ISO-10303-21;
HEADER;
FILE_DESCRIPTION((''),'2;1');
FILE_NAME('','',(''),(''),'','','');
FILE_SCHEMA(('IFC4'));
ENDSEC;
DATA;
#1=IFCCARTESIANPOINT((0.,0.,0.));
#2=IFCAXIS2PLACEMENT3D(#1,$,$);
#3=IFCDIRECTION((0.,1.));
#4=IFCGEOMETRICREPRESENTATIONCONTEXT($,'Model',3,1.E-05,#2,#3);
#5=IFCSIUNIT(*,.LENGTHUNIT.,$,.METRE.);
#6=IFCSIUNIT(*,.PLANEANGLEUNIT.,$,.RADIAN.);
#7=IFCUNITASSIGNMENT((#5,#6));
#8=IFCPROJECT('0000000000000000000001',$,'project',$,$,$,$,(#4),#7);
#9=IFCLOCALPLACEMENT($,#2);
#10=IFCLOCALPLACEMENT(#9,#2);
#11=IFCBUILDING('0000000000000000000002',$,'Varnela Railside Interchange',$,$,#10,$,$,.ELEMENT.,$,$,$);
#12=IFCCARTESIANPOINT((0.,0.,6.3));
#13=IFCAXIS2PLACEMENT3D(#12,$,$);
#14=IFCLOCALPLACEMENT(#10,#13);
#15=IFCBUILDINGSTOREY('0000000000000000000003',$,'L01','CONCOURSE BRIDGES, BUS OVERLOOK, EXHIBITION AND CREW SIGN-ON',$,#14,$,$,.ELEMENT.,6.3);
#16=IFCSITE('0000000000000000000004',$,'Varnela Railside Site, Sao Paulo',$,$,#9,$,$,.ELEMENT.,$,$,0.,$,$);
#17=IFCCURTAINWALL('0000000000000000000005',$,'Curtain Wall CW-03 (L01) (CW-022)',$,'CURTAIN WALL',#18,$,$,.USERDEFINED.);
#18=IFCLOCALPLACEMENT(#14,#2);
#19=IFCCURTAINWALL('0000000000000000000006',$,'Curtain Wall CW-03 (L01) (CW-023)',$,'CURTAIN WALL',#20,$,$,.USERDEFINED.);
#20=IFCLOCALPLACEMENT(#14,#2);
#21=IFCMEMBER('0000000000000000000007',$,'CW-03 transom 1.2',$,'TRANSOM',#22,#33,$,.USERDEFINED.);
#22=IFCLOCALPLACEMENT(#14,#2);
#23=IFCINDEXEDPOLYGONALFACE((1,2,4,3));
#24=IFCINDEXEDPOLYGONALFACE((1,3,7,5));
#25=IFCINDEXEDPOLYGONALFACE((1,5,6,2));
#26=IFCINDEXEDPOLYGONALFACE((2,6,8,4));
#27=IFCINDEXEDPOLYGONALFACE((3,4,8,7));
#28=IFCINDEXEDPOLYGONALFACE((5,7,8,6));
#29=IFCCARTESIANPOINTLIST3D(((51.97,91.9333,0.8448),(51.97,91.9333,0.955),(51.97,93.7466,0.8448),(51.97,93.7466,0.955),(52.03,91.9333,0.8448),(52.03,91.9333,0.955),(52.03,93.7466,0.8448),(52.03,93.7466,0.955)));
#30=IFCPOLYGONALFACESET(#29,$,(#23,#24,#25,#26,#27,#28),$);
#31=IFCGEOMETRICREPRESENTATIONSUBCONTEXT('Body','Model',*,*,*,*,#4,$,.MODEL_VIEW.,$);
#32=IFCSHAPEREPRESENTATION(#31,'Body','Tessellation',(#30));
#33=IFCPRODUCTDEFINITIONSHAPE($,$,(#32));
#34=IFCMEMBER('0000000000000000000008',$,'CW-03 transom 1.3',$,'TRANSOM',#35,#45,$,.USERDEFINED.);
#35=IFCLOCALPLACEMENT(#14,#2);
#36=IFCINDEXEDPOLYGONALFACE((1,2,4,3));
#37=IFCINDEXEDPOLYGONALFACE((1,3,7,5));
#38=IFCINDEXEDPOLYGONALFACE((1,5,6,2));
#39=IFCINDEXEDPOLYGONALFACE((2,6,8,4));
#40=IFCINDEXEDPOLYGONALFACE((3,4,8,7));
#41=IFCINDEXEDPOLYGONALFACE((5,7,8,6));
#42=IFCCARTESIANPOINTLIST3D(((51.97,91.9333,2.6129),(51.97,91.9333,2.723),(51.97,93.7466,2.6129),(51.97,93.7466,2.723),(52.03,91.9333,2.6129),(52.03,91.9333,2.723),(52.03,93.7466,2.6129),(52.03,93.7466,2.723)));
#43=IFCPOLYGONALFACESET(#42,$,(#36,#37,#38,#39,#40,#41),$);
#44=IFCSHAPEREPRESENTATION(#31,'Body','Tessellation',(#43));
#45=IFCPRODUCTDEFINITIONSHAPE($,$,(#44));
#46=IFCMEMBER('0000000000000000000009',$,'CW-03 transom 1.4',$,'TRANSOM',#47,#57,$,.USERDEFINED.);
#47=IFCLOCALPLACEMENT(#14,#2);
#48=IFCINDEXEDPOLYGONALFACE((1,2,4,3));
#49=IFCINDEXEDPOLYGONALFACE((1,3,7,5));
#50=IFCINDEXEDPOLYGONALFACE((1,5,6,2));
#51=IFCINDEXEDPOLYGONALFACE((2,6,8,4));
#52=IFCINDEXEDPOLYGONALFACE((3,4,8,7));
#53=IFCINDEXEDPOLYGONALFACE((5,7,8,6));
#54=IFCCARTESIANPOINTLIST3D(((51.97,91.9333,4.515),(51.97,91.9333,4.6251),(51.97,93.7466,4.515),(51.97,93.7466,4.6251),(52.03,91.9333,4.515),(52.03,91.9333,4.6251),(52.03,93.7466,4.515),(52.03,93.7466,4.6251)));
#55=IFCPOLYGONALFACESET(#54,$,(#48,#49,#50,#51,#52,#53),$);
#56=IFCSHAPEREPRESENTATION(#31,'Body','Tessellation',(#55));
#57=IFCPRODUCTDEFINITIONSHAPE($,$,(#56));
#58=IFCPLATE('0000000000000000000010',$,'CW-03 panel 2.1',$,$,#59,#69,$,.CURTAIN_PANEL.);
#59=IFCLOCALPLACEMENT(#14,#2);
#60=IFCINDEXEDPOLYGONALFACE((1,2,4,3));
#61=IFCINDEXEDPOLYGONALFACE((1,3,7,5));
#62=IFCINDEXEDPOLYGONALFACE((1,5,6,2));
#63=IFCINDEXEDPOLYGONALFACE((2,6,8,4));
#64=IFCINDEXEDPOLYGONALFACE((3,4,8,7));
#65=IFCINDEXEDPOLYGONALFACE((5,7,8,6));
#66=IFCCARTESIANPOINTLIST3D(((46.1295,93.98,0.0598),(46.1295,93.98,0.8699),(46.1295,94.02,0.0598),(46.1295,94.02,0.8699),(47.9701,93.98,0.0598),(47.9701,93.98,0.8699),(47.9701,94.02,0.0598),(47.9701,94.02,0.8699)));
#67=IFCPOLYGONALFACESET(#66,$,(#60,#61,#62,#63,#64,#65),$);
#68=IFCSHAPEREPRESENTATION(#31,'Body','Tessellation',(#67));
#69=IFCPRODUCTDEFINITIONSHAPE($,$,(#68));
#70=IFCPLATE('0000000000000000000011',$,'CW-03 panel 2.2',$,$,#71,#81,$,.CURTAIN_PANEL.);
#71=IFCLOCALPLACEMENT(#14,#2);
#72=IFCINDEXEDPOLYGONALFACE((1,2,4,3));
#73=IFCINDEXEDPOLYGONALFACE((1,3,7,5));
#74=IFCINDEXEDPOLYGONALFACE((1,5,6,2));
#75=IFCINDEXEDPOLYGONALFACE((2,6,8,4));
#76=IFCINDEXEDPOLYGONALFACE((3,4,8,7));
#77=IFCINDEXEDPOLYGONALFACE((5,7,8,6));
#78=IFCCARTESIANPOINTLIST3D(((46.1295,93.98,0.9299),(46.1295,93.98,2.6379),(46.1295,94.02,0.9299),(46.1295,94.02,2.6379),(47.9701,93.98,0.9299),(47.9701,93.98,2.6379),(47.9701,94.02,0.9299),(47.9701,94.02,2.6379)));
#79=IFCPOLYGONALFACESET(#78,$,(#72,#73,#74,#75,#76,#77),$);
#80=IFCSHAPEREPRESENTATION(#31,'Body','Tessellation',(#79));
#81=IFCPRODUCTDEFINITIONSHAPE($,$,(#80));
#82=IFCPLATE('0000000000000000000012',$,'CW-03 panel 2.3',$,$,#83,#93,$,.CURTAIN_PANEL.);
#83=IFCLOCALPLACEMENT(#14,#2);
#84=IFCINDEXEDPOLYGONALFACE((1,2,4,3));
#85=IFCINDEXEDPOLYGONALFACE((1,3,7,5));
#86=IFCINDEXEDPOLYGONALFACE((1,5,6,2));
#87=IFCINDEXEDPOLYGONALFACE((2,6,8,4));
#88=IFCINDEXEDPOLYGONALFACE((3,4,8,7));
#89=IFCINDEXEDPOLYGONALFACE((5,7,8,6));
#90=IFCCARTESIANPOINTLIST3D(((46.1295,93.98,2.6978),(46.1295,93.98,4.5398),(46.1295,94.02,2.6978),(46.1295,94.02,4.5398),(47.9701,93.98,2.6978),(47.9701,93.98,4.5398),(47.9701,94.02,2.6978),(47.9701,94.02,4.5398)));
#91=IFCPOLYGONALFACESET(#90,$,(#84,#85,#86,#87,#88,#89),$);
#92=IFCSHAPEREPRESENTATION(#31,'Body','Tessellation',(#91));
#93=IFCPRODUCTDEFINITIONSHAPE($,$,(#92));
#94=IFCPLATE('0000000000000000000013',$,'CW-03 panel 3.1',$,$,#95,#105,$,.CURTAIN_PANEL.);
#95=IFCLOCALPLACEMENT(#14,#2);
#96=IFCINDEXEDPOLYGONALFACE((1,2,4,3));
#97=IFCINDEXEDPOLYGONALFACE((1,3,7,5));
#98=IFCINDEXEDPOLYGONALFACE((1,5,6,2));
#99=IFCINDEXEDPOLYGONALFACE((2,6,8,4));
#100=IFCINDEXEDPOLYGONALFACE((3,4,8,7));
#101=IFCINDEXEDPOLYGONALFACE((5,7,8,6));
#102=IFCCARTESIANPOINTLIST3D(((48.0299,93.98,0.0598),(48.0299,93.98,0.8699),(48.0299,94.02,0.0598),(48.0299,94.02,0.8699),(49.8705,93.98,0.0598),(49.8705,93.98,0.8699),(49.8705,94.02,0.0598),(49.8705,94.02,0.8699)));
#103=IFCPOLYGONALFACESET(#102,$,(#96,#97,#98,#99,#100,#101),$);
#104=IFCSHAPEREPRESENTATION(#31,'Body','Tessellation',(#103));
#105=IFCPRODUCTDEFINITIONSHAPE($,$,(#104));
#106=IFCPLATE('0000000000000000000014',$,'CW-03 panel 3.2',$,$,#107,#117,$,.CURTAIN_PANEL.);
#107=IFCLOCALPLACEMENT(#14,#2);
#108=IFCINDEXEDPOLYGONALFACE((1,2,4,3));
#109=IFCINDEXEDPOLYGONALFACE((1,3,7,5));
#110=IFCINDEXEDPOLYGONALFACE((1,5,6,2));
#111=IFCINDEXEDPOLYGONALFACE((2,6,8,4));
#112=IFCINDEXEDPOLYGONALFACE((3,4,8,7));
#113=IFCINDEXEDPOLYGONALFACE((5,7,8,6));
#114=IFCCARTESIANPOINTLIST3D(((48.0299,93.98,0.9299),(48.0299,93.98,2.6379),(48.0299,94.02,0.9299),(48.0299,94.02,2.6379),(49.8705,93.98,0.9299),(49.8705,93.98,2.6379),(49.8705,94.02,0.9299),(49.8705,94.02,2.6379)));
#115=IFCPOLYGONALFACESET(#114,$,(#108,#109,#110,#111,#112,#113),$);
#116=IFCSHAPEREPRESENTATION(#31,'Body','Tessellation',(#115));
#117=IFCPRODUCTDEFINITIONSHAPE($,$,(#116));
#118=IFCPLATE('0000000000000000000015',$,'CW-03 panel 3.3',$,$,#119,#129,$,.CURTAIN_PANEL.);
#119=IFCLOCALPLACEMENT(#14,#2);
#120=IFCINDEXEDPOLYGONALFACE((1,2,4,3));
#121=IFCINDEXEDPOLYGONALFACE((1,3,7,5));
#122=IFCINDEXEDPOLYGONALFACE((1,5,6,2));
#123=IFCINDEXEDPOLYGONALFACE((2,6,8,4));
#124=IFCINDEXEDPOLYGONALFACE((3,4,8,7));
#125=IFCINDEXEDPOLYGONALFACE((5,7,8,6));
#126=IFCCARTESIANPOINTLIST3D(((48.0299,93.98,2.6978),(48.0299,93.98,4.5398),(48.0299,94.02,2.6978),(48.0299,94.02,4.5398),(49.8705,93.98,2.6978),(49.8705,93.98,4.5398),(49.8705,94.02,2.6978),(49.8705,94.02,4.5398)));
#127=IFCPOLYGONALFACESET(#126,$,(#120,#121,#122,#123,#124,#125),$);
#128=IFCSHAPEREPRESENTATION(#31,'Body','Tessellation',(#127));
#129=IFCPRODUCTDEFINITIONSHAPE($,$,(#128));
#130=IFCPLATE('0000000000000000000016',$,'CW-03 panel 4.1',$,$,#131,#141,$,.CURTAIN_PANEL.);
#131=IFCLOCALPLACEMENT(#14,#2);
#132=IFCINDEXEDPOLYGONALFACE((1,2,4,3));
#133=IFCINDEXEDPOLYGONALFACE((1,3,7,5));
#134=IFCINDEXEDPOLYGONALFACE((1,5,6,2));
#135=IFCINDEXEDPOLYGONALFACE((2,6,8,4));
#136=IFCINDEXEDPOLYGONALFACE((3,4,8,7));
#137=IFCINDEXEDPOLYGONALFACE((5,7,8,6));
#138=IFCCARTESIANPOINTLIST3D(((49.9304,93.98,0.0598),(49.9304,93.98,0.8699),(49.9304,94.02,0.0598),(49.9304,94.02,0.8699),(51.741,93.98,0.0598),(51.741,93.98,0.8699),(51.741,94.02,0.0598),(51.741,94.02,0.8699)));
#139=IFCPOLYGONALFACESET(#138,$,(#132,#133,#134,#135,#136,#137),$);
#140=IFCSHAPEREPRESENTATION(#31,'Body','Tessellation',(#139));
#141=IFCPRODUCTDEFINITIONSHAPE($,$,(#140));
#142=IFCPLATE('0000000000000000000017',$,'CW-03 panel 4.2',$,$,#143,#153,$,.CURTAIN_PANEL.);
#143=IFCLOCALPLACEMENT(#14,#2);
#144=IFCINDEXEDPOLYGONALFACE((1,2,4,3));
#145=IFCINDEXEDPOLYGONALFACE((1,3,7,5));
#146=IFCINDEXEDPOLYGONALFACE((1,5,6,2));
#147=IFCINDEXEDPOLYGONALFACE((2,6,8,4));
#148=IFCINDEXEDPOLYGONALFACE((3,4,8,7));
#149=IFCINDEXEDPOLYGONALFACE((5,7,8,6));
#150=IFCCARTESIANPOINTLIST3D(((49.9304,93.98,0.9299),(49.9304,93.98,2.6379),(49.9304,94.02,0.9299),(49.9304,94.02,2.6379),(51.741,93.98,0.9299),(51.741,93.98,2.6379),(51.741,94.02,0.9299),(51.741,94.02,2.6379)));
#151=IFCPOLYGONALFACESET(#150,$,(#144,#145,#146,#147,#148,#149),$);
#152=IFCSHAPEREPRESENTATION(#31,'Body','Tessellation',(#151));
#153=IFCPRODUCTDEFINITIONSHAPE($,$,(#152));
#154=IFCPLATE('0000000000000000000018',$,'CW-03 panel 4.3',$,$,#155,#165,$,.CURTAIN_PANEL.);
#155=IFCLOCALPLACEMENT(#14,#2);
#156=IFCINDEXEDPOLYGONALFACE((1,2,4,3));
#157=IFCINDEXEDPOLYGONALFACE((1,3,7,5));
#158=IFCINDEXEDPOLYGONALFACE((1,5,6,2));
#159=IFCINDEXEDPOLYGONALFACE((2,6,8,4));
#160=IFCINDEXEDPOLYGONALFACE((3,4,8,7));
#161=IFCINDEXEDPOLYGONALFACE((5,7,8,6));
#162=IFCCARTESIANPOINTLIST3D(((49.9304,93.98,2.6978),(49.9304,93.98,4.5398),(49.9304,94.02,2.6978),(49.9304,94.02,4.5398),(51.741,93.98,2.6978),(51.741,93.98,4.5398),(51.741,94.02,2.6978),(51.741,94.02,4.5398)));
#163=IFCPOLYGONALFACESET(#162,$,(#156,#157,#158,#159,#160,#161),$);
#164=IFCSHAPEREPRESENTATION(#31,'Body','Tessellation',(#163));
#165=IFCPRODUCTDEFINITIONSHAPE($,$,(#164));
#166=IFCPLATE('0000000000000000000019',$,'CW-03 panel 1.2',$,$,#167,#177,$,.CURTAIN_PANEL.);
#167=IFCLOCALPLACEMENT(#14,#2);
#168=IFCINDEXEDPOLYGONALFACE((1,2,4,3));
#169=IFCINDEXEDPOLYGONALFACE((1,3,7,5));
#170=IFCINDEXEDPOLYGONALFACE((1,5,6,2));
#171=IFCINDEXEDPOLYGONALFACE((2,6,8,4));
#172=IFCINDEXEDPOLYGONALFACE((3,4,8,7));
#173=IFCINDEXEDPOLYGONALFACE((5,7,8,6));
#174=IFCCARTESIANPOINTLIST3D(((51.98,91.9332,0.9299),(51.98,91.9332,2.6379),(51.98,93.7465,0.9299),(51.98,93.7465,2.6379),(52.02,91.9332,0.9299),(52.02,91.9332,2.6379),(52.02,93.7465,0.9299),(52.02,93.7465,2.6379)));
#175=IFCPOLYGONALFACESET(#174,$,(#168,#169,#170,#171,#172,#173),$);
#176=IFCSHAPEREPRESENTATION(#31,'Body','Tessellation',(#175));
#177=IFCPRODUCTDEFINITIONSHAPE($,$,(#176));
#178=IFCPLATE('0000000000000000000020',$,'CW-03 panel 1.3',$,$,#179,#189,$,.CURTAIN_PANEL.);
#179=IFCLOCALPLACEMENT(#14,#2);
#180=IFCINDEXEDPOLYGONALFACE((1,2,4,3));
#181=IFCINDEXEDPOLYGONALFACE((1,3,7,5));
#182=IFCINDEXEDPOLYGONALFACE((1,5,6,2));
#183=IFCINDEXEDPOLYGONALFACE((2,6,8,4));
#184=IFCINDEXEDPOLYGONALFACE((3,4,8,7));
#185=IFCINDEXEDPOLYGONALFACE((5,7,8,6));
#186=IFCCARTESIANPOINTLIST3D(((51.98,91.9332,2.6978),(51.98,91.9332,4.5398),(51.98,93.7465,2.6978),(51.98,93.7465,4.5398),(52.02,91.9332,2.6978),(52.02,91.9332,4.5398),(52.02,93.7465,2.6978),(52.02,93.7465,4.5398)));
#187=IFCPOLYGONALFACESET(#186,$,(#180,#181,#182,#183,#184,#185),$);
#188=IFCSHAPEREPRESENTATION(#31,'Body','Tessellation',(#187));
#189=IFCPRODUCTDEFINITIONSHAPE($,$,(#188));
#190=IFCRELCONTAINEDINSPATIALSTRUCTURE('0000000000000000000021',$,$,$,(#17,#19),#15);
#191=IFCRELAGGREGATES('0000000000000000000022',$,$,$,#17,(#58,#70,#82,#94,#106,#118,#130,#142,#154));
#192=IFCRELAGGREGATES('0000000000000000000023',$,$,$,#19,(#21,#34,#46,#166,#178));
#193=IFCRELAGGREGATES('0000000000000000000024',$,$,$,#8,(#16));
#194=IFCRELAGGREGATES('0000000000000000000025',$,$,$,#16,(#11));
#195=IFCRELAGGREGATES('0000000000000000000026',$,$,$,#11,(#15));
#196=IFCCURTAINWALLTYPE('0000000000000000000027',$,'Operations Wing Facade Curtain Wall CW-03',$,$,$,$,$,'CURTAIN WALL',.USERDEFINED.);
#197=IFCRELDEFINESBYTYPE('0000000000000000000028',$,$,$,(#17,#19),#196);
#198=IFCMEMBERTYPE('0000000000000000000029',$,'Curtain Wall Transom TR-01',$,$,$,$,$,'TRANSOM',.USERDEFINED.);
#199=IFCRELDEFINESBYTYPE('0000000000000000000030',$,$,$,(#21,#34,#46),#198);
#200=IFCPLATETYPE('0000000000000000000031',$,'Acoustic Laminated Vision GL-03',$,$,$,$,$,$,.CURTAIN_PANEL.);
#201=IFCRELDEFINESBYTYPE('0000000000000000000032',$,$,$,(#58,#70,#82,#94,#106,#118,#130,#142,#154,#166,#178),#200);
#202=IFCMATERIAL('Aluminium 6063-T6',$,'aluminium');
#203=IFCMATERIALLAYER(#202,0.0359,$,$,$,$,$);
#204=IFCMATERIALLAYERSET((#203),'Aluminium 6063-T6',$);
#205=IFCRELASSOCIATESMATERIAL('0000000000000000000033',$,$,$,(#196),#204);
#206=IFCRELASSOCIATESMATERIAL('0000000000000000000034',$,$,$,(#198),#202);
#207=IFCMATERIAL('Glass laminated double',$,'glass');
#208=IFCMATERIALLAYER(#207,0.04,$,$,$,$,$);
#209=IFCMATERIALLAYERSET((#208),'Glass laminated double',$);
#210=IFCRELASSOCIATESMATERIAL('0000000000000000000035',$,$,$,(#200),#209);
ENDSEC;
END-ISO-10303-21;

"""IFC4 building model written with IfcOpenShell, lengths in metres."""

from ifc_helpers import new_model, si_unit, direction, frame, origin, origin_2d, place, context, subcontext, project, spatial, rectangle, extrude, material, layer, layer_set, material_profile, profile_set, type_object, element, aggregate, save


model = new_model("IFC4")

# Units and contexts
model_context = context("Model", 3, precision=1e-05, world=origin(), true_north=direction((0.0, 1.0)))
body_context = subcontext(model_context, "Body", "Model", "MODEL_VIEW")
ifc_project = project(units=[si_unit("LENGTHUNIT", "METRE"), si_unit("PLANEANGLEUNIT", "RADIAN")], contexts=[model_context])

# Site, building, storey
site_placement = place(None, origin())
site = spatial("IfcSite", under=ifc_project, at=site_placement, Name="Varnela Railside Site, Sao Paulo", CompositionType="ELEMENT", RefElevation=0.0)
building_placement = place(site_placement, origin())
building = spatial("IfcBuilding", under=site, at=building_placement, Name="Varnela Railside Interchange", CompositionType="ELEMENT")
storey_placement = place(building_placement, frame((0.0, 0.0, 6.3)))
storey = spatial("IfcBuildingStorey", under=building, at=storey_placement, Name="L01", Description="CONCOURSE BRIDGES, BUS OVERLOOK, EXHIBITION AND CREW SIGN-ON", CompositionType="ELEMENT", Elevation=6.3)

# Curtain wall
ifc_material_1 = material(Name="Aluminium 6063-T6", Category="aluminium")
ifc_layer_1 = layer(ifc_material_1, 0.0359)
ifc_layer_set_1 = layer_set([ifc_layer_1], Name="Aluminium 6063-T6")
curtain_wall_type = type_object("IfcCurtainWallType", Name="Operations Wing Facade Curtain Wall CW-03", ElementType="CURTAIN WALL", PredefinedType="USERDEFINED", material=ifc_layer_set_1)
curtain_wall_1_placement = place(storey_placement, origin())
curtain_wall_1 = element("IfcCurtainWall", 1, at=curtain_wall_1_placement, inside=storey, type_object=curtain_wall_type, Name="Curtain Wall CW-03 (L01) (CW-022)", ObjectType="CURTAIN WALL", PredefinedType="USERDEFINED")

# Curtain wall
curtain_wall_2_placement = place(storey_placement, origin())
curtain_wall_2 = element("IfcCurtainWall", 2, at=curtain_wall_2_placement, inside=storey, type_object=curtain_wall_type, Name="Curtain Wall CW-03 (L01) (CW-023)", ObjectType="CURTAIN WALL", PredefinedType="USERDEFINED")

# Members
ifc_material_profile_1 = material_profile(ifc_material_1, rectangle(XDim=0.0601, YDim=0.1101, at=origin_2d()), Name="ALU 60x110")
ifc_profile_set_1 = profile_set([ifc_material_profile_1], Name="Aluminium 6063-T6")
member_type_1 = type_object("IfcMemberType", Name="Curtain Wall Transom TR-01", ElementType="TRANSOM", PredefinedType="USERDEFINED", material=ifc_profile_set_1)
member_1_placement = place(storey_placement, frame((52.0, 93.7466, 0.8999), z_axis=(0.0, -1.0, 0.0), x_axis=(1.0, 0.0, 0.0)))
member_1 = element("IfcMember", 3, at=member_1_placement, type_object=member_type_1, Name="CW-03 transom 1.2", ObjectType="TRANSOM", PredefinedType="USERDEFINED", context=body_context, shape_type="SweptSolid", body=[
    extrude(rectangle(XDim=0.0601, YDim=0.1101, at=origin_2d()), origin(), (0.0, 0.0, 1.0), 1.8132),
])
member_2_placement = place(storey_placement, frame((52.0, 93.7466, 2.668), z_axis=(0.0, -1.0, 0.0), x_axis=(1.0, 0.0, 0.0)))
member_2 = element("IfcMember", 4, at=member_2_placement, type_object=member_type_1, Name="CW-03 transom 1.3", ObjectType="TRANSOM", PredefinedType="USERDEFINED", context=body_context, shape_type="SweptSolid", body=[
    extrude(rectangle(XDim=0.0601, YDim=0.1101, at=origin_2d()), origin(), (0.0, 0.0, 1.0), 1.8132),
])
member_3_placement = place(storey_placement, frame((52.0, 93.7466, 4.5701), z_axis=(0.0, -1.0, 0.0), x_axis=(1.0, 0.0, 0.0)))
member_3 = element("IfcMember", 5, at=member_3_placement, type_object=member_type_1, Name="CW-03 transom 1.4", ObjectType="TRANSOM", PredefinedType="USERDEFINED", context=body_context, shape_type="SweptSolid", body=[
    extrude(rectangle(XDim=0.0601, YDim=0.1101, at=origin_2d()), origin(), (0.0, 0.0, 1.0), 1.8132),
])

# Plates
ifc_material_2 = material(Name="Glass laminated double", Category="glass")
ifc_layer_2 = layer(ifc_material_2, 0.04)
ifc_layer_set_2 = layer_set([ifc_layer_2], Name="Glass laminated double")
plate_type = type_object("IfcPlateType", Name="Acoustic Laminated Vision GL-03", PredefinedType="CURTAIN_PANEL", material=ifc_layer_set_2)
plate_1_placement = place(storey_placement, frame((47.0498, 94.0, 0.0598), z_axis=(0.0, 0.0, 1.0), x_axis=(1.0, 0.0, 0.0)))
plate_1 = element("IfcPlate", 6, at=plate_1_placement, type_object=plate_type, Name="CW-03 panel 2.1", PredefinedType="CURTAIN_PANEL", context=body_context, shape_type="SweptSolid", body=[
    extrude(rectangle(XDim=1.8406, YDim=0.04, at=origin_2d()), origin(), (0.0, 0.0, 1.0), 0.8101),
])
plate_2_placement = place(storey_placement, frame((47.0498, 94.0, 0.9299), z_axis=(0.0, 0.0, 1.0), x_axis=(1.0, 0.0, 0.0)))
plate_2 = element("IfcPlate", 7, at=plate_2_placement, type_object=plate_type, Name="CW-03 panel 2.2", PredefinedType="CURTAIN_PANEL", context=body_context, shape_type="SweptSolid", body=[
    extrude(rectangle(XDim=1.8406, YDim=0.04, at=origin_2d()), origin(), (0.0, 0.0, 1.0), 1.708),
])
plate_3_placement = place(storey_placement, frame((47.0498, 94.0, 2.6978), z_axis=(0.0, 0.0, 1.0), x_axis=(1.0, 0.0, 0.0)))
plate_3 = element("IfcPlate", 8, at=plate_3_placement, type_object=plate_type, Name="CW-03 panel 2.3", PredefinedType="CURTAIN_PANEL", context=body_context, shape_type="SweptSolid", body=[
    extrude(rectangle(XDim=1.8406, YDim=0.04, at=origin_2d()), origin(), (0.0, 0.0, 1.0), 1.842),
])
plate_4_placement = place(storey_placement, frame((48.9502, 94.0, 0.0598), z_axis=(0.0, 0.0, 1.0), x_axis=(1.0, 0.0, 0.0)))
plate_4 = element("IfcPlate", 9, at=plate_4_placement, type_object=plate_type, Name="CW-03 panel 3.1", PredefinedType="CURTAIN_PANEL", context=body_context, shape_type="SweptSolid", body=[
    extrude(rectangle(XDim=1.8406, YDim=0.04, at=origin_2d()), origin(), (0.0, 0.0, 1.0), 0.8101),
])
plate_5_placement = place(storey_placement, frame((48.9502, 94.0, 0.9299), z_axis=(0.0, 0.0, 1.0), x_axis=(1.0, 0.0, 0.0)))
plate_5 = element("IfcPlate", 10, at=plate_5_placement, type_object=plate_type, Name="CW-03 panel 3.2", PredefinedType="CURTAIN_PANEL", context=body_context, shape_type="SweptSolid", body=[
    extrude(rectangle(XDim=1.8406, YDim=0.04, at=origin_2d()), origin(), (0.0, 0.0, 1.0), 1.708),
])
plate_6_placement = place(storey_placement, frame((48.9502, 94.0, 2.6978), z_axis=(0.0, 0.0, 1.0), x_axis=(1.0, 0.0, 0.0)))
plate_6 = element("IfcPlate", 11, at=plate_6_placement, type_object=plate_type, Name="CW-03 panel 3.3", PredefinedType="CURTAIN_PANEL", context=body_context, shape_type="SweptSolid", body=[
    extrude(rectangle(XDim=1.8406, YDim=0.04, at=origin_2d()), origin(), (0.0, 0.0, 1.0), 1.842),
])
plate_7_placement = place(storey_placement, frame((50.8357, 94.0, 0.0598), z_axis=(0.0, 0.0, 1.0), x_axis=(1.0, 0.0, 0.0)))
plate_7 = element("IfcPlate", 12, at=plate_7_placement, type_object=plate_type, Name="CW-03 panel 4.1", PredefinedType="CURTAIN_PANEL", context=body_context, shape_type="SweptSolid", body=[
    extrude(rectangle(XDim=1.8105, YDim=0.04, at=origin_2d()), origin(), (0.0, 0.0, 1.0), 0.8101),
])
plate_8_placement = place(storey_placement, frame((50.8357, 94.0, 0.9299), z_axis=(0.0, 0.0, 1.0), x_axis=(1.0, 0.0, 0.0)))
plate_8 = element("IfcPlate", 13, at=plate_8_placement, type_object=plate_type, Name="CW-03 panel 4.2", PredefinedType="CURTAIN_PANEL", context=body_context, shape_type="SweptSolid", body=[
    extrude(rectangle(XDim=1.8105, YDim=0.04, at=origin_2d()), origin(), (0.0, 0.0, 1.0), 1.708),
])
plate_9_placement = place(storey_placement, frame((50.8357, 94.0, 2.6978), z_axis=(0.0, 0.0, 1.0), x_axis=(1.0, 0.0, 0.0)))
plate_9 = element("IfcPlate", 14, at=plate_9_placement, type_object=plate_type, Name="CW-03 panel 4.3", PredefinedType="CURTAIN_PANEL", context=body_context, shape_type="SweptSolid", body=[
    extrude(rectangle(XDim=1.8105, YDim=0.04, at=origin_2d()), origin(), (0.0, 0.0, 1.0), 1.842),
])
aggregate(curtain_wall_1, [plate_1, plate_2, plate_3, plate_4, plate_5, plate_6, plate_7, plate_8, plate_9])
plate_10_placement = place(storey_placement, frame((52.0, 92.8398, 0.9299), z_axis=(0.0, 0.0, 1.0), x_axis=(0.0, -1.0, 0.0)))
plate_10 = element("IfcPlate", 15, at=plate_10_placement, type_object=plate_type, Name="CW-03 panel 1.2", PredefinedType="CURTAIN_PANEL", context=body_context, shape_type="SweptSolid", body=[
    extrude(rectangle(XDim=1.8132, YDim=0.04, at=origin_2d()), origin(), (0.0, 0.0, 1.0), 1.708),
])
plate_11_placement = place(storey_placement, frame((52.0, 92.8398, 2.6978), z_axis=(0.0, 0.0, 1.0), x_axis=(0.0, -1.0, 0.0)))
plate_11 = element("IfcPlate", 16, at=plate_11_placement, type_object=plate_type, Name="CW-03 panel 1.3", PredefinedType="CURTAIN_PANEL", context=body_context, shape_type="SweptSolid", body=[
    extrude(rectangle(XDim=1.8132, YDim=0.04, at=origin_2d()), origin(), (0.0, 0.0, 1.0), 1.842),
])
aggregate(curtain_wall_2, [member_1, member_2, member_3, plate_10, plate_11])

save(model, "model.ifc")
